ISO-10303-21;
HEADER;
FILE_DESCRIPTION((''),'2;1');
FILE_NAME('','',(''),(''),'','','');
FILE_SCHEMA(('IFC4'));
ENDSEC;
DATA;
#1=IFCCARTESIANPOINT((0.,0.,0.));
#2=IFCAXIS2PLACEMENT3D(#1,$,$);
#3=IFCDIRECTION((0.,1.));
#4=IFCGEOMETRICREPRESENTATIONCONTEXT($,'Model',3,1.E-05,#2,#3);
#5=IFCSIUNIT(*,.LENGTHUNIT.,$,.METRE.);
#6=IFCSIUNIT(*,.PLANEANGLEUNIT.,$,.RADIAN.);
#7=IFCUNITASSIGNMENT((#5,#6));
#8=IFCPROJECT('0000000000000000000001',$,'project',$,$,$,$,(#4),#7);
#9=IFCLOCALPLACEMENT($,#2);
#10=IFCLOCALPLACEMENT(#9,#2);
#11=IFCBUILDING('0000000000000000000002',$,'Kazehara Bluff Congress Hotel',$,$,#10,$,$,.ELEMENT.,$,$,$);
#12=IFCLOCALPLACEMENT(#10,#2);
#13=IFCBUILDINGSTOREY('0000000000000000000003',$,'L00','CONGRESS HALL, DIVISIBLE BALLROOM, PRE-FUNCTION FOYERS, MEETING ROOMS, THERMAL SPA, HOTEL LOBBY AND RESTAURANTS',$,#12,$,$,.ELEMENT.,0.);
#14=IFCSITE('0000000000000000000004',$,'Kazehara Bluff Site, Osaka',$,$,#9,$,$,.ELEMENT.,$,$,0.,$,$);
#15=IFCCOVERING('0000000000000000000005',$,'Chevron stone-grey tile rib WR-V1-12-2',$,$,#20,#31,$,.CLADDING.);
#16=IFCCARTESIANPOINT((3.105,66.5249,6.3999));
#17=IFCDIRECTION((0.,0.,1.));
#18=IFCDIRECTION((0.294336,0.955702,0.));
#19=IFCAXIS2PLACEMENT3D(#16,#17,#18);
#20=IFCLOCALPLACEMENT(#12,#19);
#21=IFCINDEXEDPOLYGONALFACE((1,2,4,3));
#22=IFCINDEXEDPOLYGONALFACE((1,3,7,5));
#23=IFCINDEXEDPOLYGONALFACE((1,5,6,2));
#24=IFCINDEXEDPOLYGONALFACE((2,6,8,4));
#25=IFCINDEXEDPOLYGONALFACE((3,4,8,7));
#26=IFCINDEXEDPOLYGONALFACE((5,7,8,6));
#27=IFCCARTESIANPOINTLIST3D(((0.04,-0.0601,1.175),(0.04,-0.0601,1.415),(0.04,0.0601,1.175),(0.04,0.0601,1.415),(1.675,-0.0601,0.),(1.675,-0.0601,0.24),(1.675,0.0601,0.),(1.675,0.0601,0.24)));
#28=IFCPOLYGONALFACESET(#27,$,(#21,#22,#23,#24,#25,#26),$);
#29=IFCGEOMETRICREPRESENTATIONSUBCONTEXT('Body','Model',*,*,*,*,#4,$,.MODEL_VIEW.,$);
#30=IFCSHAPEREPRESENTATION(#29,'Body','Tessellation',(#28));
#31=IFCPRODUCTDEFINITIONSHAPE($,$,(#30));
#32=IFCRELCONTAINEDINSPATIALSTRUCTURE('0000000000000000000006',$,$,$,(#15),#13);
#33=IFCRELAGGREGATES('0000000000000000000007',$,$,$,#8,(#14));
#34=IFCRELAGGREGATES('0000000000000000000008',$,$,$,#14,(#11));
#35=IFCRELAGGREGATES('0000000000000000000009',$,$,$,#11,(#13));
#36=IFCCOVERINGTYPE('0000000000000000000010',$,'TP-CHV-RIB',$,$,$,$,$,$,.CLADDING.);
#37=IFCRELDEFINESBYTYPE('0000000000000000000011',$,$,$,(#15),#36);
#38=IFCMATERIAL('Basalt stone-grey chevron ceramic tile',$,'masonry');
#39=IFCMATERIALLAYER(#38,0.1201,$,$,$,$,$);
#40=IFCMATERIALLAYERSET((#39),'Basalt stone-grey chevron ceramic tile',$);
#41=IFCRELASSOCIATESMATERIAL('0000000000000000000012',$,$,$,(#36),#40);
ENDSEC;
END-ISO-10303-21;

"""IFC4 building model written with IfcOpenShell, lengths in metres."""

from ifc_helpers import new_model, si_unit, direction, frame, origin, place, context, subcontext, project, spatial, polyline, outline, extrude, material, layer, layer_set, type_object, element, save


model = new_model("IFC4")

# Units and contexts
model_context = context("Model", 3, precision=1e-05, world=origin(), true_north=direction((0.0, 1.0)))
body_context = subcontext(model_context, "Body", "Model", "MODEL_VIEW")
ifc_project = project(units=[si_unit("LENGTHUNIT", "METRE"), si_unit("PLANEANGLEUNIT", "RADIAN")], contexts=[model_context])

# Site, building, storey
site_placement = place(None, origin())
site = spatial("IfcSite", under=ifc_project, at=site_placement, Name="Kazehara Bluff Site, Osaka", CompositionType="ELEMENT", RefElevation=0.0)
building_placement = place(site_placement, origin())
building = spatial("IfcBuilding", under=site, at=building_placement, Name="Kazehara Bluff Congress Hotel", CompositionType="ELEMENT")
storey_placement = place(building_placement, origin())
storey = spatial("IfcBuildingStorey", under=building, at=storey_placement, Name="L00", Description="CONGRESS HALL, DIVISIBLE BALLROOM, PRE-FUNCTION FOYERS, MEETING ROOMS, THERMAL SPA, HOTEL LOBBY AND RESTAURANTS", CompositionType="ELEMENT", Elevation=0.0)

# Covering
ifc_material_1 = material(Name="Basalt stone-grey chevron ceramic tile", Category="masonry")
ifc_layer_1 = layer(ifc_material_1, 0.1201)
ifc_layer_set_1 = layer_set([ifc_layer_1], Name="Basalt stone-grey chevron ceramic tile")
covering_type = type_object("IfcCoveringType", Name="TP-CHV-RIB", PredefinedType="CLADDING", material=ifc_layer_set_1)
covering_placement = place(storey_placement, frame((3.105, 66.5249, 6.3999), z_axis=(0.0, 0.0, 1.0), x_axis=(0.294336, 0.955702, 0.0)))
element("IfcCovering", 1, at=covering_placement, inside=storey, type_object=covering_type, Name="Chevron stone-grey tile rib WR-V1-12-2", PredefinedType="CLADDING", context=body_context, shape_type="SweptSolid", body=[
    extrude(outline(polyline([(0.04, 1.175), (1.675, 0.0), (1.675, 0.24), (0.04, 1.415), (0.04, 1.175)])), frame((0.0, 0.0601, 0.0), z_axis=(0.0, -1.0, 0.0), x_axis=(1.0, 0.0, 0.0)), (0.0, 0.0, 1.0), 0.1201),
])

save(model, "model.ifc")
